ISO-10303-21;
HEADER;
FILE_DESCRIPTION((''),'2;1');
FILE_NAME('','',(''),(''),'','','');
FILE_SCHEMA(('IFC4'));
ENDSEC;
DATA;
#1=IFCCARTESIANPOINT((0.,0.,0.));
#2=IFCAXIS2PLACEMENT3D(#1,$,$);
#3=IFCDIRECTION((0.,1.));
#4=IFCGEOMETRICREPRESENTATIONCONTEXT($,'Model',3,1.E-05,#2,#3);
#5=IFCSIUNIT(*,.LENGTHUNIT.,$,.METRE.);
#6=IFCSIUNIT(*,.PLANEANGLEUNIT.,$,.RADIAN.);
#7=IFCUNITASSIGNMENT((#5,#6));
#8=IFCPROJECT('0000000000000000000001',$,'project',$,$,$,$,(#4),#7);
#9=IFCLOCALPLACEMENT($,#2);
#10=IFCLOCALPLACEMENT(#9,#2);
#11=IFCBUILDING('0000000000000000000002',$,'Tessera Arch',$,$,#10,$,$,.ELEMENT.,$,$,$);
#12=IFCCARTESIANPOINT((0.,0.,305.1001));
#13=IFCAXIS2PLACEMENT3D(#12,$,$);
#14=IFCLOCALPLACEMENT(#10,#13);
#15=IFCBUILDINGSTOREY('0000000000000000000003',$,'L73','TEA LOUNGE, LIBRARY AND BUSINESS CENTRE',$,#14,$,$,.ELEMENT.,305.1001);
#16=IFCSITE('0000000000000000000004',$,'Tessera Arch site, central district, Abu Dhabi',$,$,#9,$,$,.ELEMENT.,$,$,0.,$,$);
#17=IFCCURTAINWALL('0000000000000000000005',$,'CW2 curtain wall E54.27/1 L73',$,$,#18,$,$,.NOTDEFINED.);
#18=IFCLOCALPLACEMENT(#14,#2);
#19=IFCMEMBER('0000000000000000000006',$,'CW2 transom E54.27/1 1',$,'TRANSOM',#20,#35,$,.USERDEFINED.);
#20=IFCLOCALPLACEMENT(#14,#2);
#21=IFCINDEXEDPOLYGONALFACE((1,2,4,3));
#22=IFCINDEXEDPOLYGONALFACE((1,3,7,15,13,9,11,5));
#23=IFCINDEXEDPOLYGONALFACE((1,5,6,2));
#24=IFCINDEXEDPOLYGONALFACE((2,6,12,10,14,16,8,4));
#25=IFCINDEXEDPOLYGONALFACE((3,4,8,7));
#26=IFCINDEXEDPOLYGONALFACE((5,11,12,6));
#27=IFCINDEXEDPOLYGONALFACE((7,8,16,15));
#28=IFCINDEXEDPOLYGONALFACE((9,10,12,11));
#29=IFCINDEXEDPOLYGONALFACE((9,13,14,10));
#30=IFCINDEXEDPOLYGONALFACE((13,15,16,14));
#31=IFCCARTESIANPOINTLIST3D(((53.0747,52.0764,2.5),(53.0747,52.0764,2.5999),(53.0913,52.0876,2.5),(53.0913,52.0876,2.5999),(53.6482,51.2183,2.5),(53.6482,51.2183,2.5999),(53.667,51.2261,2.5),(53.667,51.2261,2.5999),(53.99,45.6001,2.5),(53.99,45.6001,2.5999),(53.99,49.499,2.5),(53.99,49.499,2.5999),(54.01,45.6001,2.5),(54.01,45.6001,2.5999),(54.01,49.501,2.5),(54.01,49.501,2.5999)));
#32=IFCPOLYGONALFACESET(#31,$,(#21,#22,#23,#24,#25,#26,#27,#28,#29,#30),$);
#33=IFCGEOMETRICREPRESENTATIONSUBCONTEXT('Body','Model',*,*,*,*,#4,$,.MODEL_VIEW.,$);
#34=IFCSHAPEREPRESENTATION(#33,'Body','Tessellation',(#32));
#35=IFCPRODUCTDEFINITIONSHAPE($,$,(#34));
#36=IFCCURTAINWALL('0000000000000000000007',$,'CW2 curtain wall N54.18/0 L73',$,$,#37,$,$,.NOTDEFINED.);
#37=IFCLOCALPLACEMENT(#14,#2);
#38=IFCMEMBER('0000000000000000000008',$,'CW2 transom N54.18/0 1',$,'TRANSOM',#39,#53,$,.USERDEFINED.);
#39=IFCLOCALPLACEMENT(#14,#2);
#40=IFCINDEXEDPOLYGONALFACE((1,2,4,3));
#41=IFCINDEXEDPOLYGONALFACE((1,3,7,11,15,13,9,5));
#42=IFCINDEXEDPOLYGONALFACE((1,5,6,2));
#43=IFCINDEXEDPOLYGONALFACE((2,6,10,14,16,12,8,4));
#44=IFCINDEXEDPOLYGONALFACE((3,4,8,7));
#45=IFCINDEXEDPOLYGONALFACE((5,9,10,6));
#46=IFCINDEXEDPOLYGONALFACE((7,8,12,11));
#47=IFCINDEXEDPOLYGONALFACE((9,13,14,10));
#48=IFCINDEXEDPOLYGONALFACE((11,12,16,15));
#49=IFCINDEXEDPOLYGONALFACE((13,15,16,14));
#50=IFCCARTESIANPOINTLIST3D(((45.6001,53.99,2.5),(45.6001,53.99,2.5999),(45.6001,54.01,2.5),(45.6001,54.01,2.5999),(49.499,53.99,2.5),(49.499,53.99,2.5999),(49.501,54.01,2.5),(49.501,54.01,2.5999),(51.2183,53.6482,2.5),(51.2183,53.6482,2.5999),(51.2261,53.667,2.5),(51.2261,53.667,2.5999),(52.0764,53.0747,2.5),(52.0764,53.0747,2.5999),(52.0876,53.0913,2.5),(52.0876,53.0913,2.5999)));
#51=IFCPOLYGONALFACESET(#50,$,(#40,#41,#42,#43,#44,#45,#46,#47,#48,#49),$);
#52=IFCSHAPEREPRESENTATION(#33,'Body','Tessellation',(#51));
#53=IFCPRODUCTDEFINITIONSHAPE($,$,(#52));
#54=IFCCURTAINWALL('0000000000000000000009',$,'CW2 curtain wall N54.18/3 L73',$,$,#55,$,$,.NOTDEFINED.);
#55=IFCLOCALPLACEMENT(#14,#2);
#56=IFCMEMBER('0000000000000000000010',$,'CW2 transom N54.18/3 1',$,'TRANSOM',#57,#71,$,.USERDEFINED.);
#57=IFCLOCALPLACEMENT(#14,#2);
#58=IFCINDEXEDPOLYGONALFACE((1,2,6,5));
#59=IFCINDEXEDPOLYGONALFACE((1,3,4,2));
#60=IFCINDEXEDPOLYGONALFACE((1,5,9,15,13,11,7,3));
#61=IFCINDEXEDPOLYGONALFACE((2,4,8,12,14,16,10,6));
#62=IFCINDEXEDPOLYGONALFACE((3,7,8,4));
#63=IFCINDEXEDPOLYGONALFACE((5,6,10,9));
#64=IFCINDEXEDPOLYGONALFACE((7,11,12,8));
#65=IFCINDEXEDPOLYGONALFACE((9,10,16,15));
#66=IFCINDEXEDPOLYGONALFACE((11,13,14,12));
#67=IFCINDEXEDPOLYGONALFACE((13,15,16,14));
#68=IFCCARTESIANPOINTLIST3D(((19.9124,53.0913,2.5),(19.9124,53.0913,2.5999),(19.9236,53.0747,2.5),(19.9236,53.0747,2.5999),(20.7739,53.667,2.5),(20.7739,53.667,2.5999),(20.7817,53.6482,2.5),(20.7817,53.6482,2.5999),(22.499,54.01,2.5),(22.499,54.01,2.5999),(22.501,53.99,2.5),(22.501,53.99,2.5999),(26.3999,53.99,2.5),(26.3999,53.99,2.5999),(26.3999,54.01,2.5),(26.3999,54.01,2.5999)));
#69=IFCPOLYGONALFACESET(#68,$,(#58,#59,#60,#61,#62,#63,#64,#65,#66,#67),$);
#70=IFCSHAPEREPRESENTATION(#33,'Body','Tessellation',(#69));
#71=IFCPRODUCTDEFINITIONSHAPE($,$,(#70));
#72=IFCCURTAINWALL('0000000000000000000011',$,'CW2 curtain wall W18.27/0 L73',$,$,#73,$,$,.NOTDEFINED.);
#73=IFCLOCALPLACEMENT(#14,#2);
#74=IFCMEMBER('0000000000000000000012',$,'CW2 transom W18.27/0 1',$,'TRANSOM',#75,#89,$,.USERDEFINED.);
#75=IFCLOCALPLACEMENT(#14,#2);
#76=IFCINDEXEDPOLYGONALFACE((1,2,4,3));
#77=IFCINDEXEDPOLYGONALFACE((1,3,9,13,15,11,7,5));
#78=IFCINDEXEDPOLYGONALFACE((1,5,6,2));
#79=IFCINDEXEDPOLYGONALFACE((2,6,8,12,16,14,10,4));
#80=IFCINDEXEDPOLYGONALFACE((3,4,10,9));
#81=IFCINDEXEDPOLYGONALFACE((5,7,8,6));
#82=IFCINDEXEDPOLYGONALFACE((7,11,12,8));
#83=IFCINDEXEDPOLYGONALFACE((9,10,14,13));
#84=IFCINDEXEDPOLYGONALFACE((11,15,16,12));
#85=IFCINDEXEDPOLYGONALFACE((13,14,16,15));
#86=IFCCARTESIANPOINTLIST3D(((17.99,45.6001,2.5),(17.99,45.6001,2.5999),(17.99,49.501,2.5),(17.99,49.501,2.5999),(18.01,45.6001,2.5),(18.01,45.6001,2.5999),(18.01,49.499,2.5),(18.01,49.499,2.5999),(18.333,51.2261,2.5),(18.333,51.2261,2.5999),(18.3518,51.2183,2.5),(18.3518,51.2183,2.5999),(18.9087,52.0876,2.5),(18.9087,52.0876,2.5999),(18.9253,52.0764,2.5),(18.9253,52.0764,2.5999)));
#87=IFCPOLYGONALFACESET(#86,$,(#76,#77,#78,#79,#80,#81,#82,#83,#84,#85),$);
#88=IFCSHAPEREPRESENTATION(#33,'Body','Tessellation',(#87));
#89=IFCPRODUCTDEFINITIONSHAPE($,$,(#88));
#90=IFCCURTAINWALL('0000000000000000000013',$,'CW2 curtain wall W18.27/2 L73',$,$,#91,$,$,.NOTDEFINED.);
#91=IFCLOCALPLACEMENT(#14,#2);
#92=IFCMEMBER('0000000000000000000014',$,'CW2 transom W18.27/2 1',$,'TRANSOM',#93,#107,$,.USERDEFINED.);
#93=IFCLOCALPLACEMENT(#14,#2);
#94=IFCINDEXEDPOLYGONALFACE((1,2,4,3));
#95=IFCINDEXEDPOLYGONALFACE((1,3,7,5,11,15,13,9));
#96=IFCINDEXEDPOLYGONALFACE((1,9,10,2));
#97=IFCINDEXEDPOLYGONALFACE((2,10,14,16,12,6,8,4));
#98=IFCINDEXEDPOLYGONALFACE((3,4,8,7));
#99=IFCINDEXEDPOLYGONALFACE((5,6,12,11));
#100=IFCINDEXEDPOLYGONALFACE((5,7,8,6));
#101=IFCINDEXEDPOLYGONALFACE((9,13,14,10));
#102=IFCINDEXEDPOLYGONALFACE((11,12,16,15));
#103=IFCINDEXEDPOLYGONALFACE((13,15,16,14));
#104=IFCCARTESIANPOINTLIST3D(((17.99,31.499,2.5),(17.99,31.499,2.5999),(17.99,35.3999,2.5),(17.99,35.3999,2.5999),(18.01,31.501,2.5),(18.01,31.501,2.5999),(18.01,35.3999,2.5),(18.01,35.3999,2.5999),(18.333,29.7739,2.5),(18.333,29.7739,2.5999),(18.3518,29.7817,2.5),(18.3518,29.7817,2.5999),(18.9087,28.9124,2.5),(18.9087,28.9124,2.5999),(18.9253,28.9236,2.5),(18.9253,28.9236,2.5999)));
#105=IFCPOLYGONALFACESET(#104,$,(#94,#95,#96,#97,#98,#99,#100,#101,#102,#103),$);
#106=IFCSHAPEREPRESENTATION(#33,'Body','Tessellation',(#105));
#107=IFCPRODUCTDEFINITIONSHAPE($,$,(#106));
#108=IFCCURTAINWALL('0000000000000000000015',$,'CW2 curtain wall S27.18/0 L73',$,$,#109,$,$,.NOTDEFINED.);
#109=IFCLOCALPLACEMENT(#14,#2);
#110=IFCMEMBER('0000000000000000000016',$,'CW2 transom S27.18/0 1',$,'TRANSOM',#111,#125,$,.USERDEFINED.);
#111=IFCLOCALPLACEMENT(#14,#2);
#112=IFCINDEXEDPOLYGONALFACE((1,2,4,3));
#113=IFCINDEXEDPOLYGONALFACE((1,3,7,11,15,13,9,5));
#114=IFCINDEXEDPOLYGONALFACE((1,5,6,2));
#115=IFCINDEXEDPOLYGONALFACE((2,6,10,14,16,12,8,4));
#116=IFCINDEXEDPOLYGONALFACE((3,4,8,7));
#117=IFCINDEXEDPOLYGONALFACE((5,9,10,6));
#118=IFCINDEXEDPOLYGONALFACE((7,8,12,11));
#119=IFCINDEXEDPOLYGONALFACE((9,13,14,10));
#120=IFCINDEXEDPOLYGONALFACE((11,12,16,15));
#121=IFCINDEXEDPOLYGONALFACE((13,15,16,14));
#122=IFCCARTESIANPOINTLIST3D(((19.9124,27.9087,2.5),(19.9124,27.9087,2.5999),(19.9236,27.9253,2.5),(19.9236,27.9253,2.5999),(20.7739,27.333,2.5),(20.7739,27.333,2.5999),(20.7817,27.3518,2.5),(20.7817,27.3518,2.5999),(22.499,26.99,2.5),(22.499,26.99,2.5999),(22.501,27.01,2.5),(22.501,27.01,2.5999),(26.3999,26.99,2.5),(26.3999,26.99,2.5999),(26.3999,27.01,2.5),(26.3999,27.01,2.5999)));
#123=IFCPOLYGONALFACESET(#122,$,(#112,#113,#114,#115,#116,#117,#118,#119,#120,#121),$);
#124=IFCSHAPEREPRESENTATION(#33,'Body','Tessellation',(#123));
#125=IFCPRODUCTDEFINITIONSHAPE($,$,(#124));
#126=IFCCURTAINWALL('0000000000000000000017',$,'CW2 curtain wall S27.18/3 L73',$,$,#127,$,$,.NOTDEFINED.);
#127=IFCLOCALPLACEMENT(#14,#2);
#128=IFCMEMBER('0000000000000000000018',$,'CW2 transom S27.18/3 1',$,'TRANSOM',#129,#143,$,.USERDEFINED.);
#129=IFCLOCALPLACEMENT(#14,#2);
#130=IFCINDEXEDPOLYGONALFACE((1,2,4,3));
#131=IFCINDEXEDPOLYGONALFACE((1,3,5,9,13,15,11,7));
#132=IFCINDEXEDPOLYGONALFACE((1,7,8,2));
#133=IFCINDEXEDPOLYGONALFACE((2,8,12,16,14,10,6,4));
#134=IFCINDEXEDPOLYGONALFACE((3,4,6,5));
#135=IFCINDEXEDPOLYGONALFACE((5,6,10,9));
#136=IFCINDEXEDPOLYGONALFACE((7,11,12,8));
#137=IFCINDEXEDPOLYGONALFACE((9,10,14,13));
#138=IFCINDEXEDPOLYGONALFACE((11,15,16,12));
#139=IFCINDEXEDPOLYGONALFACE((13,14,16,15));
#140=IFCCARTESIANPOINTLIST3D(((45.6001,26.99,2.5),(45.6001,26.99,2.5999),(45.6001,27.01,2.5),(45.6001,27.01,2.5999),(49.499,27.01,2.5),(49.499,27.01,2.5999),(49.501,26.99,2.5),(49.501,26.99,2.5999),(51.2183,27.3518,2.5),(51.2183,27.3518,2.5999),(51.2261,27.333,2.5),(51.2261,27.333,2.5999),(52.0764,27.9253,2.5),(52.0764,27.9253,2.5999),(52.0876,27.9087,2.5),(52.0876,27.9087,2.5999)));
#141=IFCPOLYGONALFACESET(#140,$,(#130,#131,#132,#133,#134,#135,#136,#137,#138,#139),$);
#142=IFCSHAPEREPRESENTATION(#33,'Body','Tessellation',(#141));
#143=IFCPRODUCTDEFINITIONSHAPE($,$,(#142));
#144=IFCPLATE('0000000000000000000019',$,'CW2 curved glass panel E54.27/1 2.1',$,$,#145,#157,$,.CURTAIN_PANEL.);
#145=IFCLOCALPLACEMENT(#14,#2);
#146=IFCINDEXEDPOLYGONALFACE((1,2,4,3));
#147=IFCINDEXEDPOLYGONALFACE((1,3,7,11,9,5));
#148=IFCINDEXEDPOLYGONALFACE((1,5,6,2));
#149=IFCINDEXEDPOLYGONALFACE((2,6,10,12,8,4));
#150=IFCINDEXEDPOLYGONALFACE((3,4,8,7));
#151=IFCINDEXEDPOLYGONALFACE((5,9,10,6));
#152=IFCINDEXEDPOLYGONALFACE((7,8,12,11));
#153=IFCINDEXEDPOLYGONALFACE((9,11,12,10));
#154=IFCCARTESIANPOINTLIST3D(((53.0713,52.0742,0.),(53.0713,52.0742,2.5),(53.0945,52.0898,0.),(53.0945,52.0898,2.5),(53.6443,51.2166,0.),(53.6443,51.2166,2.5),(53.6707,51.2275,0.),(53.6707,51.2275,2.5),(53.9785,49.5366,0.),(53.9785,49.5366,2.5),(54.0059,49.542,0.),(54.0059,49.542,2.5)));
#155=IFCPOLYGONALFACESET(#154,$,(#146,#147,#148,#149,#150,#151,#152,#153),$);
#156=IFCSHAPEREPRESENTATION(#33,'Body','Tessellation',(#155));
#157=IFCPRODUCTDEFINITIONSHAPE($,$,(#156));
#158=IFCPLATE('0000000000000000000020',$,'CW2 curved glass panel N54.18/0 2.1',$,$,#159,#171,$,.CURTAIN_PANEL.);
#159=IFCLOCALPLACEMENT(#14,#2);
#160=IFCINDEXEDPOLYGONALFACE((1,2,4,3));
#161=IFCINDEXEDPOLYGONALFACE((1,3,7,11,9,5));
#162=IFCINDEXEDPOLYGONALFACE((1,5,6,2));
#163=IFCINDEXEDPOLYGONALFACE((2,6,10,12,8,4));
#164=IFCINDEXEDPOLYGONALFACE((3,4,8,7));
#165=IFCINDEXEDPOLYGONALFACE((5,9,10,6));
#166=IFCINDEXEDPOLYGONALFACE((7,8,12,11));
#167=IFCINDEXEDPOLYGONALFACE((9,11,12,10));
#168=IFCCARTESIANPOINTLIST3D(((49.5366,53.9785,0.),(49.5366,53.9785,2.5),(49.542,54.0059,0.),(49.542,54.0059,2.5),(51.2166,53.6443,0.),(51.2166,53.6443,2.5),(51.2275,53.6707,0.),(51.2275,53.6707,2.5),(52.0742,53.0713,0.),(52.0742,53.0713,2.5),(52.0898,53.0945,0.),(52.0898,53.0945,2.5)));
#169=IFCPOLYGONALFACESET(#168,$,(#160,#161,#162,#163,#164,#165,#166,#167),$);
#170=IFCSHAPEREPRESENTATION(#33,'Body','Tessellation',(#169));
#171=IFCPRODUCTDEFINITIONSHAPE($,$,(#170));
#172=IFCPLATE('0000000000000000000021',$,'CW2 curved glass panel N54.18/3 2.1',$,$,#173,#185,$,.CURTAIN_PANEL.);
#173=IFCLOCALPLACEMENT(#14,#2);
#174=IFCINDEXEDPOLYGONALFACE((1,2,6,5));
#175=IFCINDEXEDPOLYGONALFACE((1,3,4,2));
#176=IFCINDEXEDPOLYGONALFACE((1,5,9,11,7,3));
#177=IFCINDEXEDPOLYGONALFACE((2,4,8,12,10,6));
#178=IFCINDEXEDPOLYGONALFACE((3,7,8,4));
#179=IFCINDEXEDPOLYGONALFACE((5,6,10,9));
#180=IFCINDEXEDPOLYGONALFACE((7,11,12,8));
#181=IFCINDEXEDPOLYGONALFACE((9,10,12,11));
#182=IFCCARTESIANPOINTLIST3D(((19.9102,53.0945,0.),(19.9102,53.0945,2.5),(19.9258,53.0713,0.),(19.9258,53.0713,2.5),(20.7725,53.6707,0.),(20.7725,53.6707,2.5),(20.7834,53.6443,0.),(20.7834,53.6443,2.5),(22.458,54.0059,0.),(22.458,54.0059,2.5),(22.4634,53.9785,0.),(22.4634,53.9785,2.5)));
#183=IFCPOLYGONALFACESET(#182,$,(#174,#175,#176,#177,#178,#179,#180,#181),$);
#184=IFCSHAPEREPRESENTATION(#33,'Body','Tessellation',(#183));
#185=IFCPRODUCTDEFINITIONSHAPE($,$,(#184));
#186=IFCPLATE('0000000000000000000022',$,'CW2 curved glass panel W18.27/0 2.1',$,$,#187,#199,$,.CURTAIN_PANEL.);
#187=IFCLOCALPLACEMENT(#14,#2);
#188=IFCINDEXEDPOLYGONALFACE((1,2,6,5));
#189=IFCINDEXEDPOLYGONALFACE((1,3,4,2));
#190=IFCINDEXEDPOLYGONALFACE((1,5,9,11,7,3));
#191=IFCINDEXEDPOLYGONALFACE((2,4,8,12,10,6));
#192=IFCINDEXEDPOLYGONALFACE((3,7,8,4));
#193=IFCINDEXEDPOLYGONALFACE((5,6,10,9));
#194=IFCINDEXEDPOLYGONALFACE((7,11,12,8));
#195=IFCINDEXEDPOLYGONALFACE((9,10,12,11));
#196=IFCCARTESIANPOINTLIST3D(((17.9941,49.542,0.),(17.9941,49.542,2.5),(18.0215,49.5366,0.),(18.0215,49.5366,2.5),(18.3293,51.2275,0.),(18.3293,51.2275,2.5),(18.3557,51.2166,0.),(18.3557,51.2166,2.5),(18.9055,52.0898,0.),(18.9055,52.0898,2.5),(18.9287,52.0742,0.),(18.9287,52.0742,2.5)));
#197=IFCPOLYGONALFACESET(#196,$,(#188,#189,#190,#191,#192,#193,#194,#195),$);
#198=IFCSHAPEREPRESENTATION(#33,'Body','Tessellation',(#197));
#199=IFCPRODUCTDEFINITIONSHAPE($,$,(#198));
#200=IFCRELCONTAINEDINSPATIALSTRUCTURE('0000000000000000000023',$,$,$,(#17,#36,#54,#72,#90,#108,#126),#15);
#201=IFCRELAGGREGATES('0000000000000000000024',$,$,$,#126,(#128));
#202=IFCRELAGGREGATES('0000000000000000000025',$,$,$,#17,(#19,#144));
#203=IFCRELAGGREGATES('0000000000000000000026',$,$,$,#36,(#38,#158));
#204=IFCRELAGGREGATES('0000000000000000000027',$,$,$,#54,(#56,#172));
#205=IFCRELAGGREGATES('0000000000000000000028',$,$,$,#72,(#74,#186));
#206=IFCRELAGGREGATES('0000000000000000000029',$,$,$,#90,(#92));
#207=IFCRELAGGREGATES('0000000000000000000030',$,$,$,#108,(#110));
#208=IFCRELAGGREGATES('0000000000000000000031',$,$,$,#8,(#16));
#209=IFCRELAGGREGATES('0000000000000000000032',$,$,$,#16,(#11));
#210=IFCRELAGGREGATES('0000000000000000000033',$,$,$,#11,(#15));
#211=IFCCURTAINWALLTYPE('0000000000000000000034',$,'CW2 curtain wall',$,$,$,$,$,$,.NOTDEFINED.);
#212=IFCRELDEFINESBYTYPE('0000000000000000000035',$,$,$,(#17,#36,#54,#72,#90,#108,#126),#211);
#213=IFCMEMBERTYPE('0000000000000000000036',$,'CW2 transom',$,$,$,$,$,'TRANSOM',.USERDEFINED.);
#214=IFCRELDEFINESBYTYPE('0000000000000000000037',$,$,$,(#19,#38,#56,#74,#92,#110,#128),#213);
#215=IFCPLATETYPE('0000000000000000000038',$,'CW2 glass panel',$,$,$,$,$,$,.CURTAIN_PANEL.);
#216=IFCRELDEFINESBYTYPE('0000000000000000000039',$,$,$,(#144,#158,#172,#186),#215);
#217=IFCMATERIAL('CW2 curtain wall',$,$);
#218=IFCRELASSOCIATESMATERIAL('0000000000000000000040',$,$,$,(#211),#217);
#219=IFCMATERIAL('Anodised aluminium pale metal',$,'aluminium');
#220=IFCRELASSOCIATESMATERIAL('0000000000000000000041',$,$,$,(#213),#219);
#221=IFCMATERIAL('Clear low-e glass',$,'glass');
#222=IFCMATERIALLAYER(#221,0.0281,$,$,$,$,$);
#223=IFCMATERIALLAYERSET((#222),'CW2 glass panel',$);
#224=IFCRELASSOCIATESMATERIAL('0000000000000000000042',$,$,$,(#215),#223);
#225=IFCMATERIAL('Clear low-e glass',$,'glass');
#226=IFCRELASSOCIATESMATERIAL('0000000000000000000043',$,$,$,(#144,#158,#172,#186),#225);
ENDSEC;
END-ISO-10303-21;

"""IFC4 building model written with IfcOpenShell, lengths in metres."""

from ifc_helpers import new_model, si_unit, direction, frame, origin, origin_2d, place, context, subcontext, project, spatial, polyline, rectangle, outline, extrude, material, layer, layer_set, material_profile, profile_set, type_object, element, aggregate, save


model = new_model("IFC4")

# Units and contexts
model_context = context("Model", 3, precision=1e-05, world=origin(), true_north=direction((0.0, 1.0)))
body_context = subcontext(model_context, "Body", "Model", "MODEL_VIEW")
ifc_project = project(units=[si_unit("LENGTHUNIT", "METRE"), si_unit("PLANEANGLEUNIT", "RADIAN")], contexts=[model_context])

# Site, building, storey
site_placement = place(None, origin())
site = spatial("IfcSite", under=ifc_project, at=site_placement, Name="Tessera Arch site, central district, Abu Dhabi", CompositionType="ELEMENT", RefElevation=0.0)
building_placement = place(site_placement, origin())
building = spatial("IfcBuilding", under=site, at=building_placement, Name="Tessera Arch", CompositionType="ELEMENT")
storey_placement = place(building_placement, frame((0.0, 0.0, 305.1001)))
storey = spatial("IfcBuildingStorey", under=building, at=storey_placement, Name="L73", Description="TEA LOUNGE, LIBRARY AND BUSINESS CENTRE", CompositionType="ELEMENT", Elevation=305.1001)

# Curtain walls, members
ifc_material_1 = material(Name="CW2 curtain wall")
curtain_wall_type = type_object("IfcCurtainWallType", Name="CW2 curtain wall", PredefinedType="NOTDEFINED", material=ifc_material_1)
curtain_wall_1_placement = place(storey_placement, origin())
curtain_wall_1 = element("IfcCurtainWall", 1, at=curtain_wall_1_placement, inside=storey, type_object=curtain_wall_type, Name="CW2 curtain wall E54.27/1 L73", PredefinedType="NOTDEFINED")
ifc_material_2 = material(Name="Anodised aluminium pale metal", Category="aluminium")
ifc_material_profile = material_profile(ifc_material_2, rectangle(XDim=0.2, YDim=0.1001, at=origin_2d()), Name="AL 200x100")
ifc_profile_set = profile_set([ifc_material_profile], Name="Anodised aluminium pale metal")
member_type = type_object("IfcMemberType", Name="CW2 transom", ElementType="TRANSOM", PredefinedType="USERDEFINED", material=ifc_profile_set)
member_1_placement = place(storey_placement, frame((0.0, 0.0, 2.5)))
member_1 = element("IfcMember", 2, at=member_1_placement, type_object=member_type, Name="CW2 transom E54.27/1 1", ObjectType="TRANSOM", PredefinedType="USERDEFINED", context=body_context, shape_type="SweptSolid", body=[
    extrude(outline(polyline([(53.99, 49.499), (53.99, 45.6001), (54.01, 45.6001), (54.01, 49.501), (53.667, 51.2261), (53.0913, 52.0876), (53.0747, 52.0764), (53.6482, 51.2183), (53.99, 49.499)])), origin(), (0.0, 0.0, 1.0), 0.0999),
])
curtain_wall_2_placement = place(storey_placement, origin())
curtain_wall_2 = element("IfcCurtainWall", 3, at=curtain_wall_2_placement, inside=storey, type_object=curtain_wall_type, Name="CW2 curtain wall N54.18/0 L73", PredefinedType="NOTDEFINED")
member_2_placement = place(storey_placement, frame((0.0, 0.0, 2.5)))
member_2 = element("IfcMember", 4, at=member_2_placement, type_object=member_type, Name="CW2 transom N54.18/0 1", ObjectType="TRANSOM", PredefinedType="USERDEFINED", context=body_context, shape_type="SweptSolid", body=[
    extrude(outline(polyline([(51.2183, 53.6482), (52.0764, 53.0747), (52.0876, 53.0913), (51.2261, 53.667), (49.501, 54.01), (45.6001, 54.01), (45.6001, 53.99), (49.499, 53.99), (51.2183, 53.6482)])), origin(), (0.0, 0.0, 1.0), 0.0999),
])
curtain_wall_3_placement = place(storey_placement, origin())
curtain_wall_3 = element("IfcCurtainWall", 5, at=curtain_wall_3_placement, inside=storey, type_object=curtain_wall_type, Name="CW2 curtain wall N54.18/3 L73", PredefinedType="NOTDEFINED")
member_3_placement = place(storey_placement, frame((0.0, 0.0, 2.5)))
member_3 = element("IfcMember", 6, at=member_3_placement, type_object=member_type, Name="CW2 transom N54.18/3 1", ObjectType="TRANSOM", PredefinedType="USERDEFINED", context=body_context, shape_type="SweptSolid", body=[
    extrude(outline(polyline([(22.501, 53.99), (26.3999, 53.99), (26.3999, 54.01), (22.499, 54.01), (20.7739, 53.667), (19.9124, 53.0913), (19.9236, 53.0747), (20.7817, 53.6482), (22.501, 53.99)])), origin(), (0.0, 0.0, 1.0), 0.0999),
])
curtain_wall_4_placement = place(storey_placement, origin())
curtain_wall_4 = element("IfcCurtainWall", 7, at=curtain_wall_4_placement, inside=storey, type_object=curtain_wall_type, Name="CW2 curtain wall W18.27/0 L73", PredefinedType="NOTDEFINED")
member_4_placement = place(storey_placement, frame((0.0, 0.0, 2.5)))
member_4 = element("IfcMember", 8, at=member_4_placement, type_object=member_type, Name="CW2 transom W18.27/0 1", ObjectType="TRANSOM", PredefinedType="USERDEFINED", context=body_context, shape_type="SweptSolid", body=[
    extrude(outline(polyline([(18.3518, 51.2183), (18.9253, 52.0764), (18.9087, 52.0876), (18.333, 51.2261), (17.99, 49.501), (17.99, 45.6001), (18.01, 45.6001), (18.01, 49.499), (18.3518, 51.2183)])), origin(), (0.0, 0.0, 1.0), 0.0999),
])
curtain_wall_5_placement = place(storey_placement, origin())
curtain_wall_5 = element("IfcCurtainWall", 9, at=curtain_wall_5_placement, inside=storey, type_object=curtain_wall_type, Name="CW2 curtain wall W18.27/2 L73", PredefinedType="NOTDEFINED")
member_5_placement = place(storey_placement, frame((0.0, 0.0, 2.5)))
member_5 = element("IfcMember", 10, at=member_5_placement, type_object=member_type, Name="CW2 transom W18.27/2 1", ObjectType="TRANSOM", PredefinedType="USERDEFINED", context=body_context, shape_type="SweptSolid", body=[
    extrude(outline(polyline([(18.01, 31.501), (18.01, 35.3999), (17.99, 35.3999), (17.99, 31.499), (18.333, 29.7739), (18.9087, 28.9124), (18.9253, 28.9236), (18.3518, 29.7817), (18.01, 31.501)])), origin(), (0.0, 0.0, 1.0), 0.0999),
])
curtain_wall_6_placement = place(storey_placement, origin())
curtain_wall_6 = element("IfcCurtainWall", 11, at=curtain_wall_6_placement, inside=storey, type_object=curtain_wall_type, Name="CW2 curtain wall S27.18/0 L73", PredefinedType="NOTDEFINED")
member_6_placement = place(storey_placement, frame((0.0, 0.0, 2.5)))
member_6 = element("IfcMember", 12, at=member_6_placement, type_object=member_type, Name="CW2 transom S27.18/0 1", ObjectType="TRANSOM", PredefinedType="USERDEFINED", context=body_context, shape_type="SweptSolid", body=[
    extrude(outline(polyline([(20.7817, 27.3518), (19.9236, 27.9253), (19.9124, 27.9087), (20.7739, 27.333), (22.499, 26.99), (26.3999, 26.99), (26.3999, 27.01), (22.501, 27.01), (20.7817, 27.3518)])), origin(), (0.0, 0.0, 1.0), 0.0999),
])
curtain_wall_7_placement = place(storey_placement, origin())
curtain_wall_7 = element("IfcCurtainWall", 13, at=curtain_wall_7_placement, inside=storey, type_object=curtain_wall_type, Name="CW2 curtain wall S27.18/3 L73", PredefinedType="NOTDEFINED")
member_7_placement = place(storey_placement, frame((0.0, 0.0, 2.5)))
member_7 = element("IfcMember", 14, at=member_7_placement, type_object=member_type, Name="CW2 transom S27.18/3 1", ObjectType="TRANSOM", PredefinedType="USERDEFINED", context=body_context, shape_type="SweptSolid", body=[
    extrude(outline(polyline([(49.499, 27.01), (45.6001, 27.01), (45.6001, 26.99), (49.501, 26.99), (51.2261, 27.333), (52.0876, 27.9087), (52.0764, 27.9253), (51.2183, 27.3518), (49.499, 27.01)])), origin(), (0.0, 0.0, 1.0), 0.0999),
])

# Plates
ifc_material_3 = material(Name="Clear low-e glass", Category="glass")
ifc_material_4 = material(Name="Clear low-e glass", Category="glass")
ifc_layer_1 = layer(ifc_material_4, 0.0281)
ifc_layer_set_1 = layer_set([ifc_layer_1], Name="CW2 glass panel")
plate_type_1 = type_object("IfcPlateType", Name="CW2 glass panel", PredefinedType="CURTAIN_PANEL", material=ifc_layer_set_1)
plate_1_placement = place(storey_placement, origin())
plate_1 = element("IfcPlate", 15, at=plate_1_placement, type_object=plate_type_1, material=ifc_material_3, Name="CW2 curved glass panel E54.27/1 2.1", PredefinedType="CURTAIN_PANEL", context=body_context, shape_type="SweptSolid", body=[
    extrude(outline(polyline([(53.6443, 51.2166), (53.9785, 49.5366), (54.0059, 49.542), (53.6707, 51.2275), (53.0945, 52.0898), (53.0713, 52.0742), (53.6443, 51.2166)])), origin(), (0.0, 0.0, 1.0), 2.5),
])
plate_2_placement = place(storey_placement, origin())
plate_2 = element("IfcPlate", 16, at=plate_2_placement, type_object=plate_type_1, material=ifc_material_3, Name="CW2 curved glass panel N54.18/0 2.1", PredefinedType="CURTAIN_PANEL", context=body_context, shape_type="SweptSolid", body=[
    extrude(outline(polyline([(51.2166, 53.6443), (52.0742, 53.0713), (52.0898, 53.0945), (51.2275, 53.6707), (49.542, 54.0059), (49.5366, 53.9785), (51.2166, 53.6443)])), origin(), (0.0, 0.0, 1.0), 2.5),
])
plate_3_placement = place(storey_placement, origin())
plate_3 = element("IfcPlate", 17, at=plate_3_placement, type_object=plate_type_1, material=ifc_material_3, Name="CW2 curved glass panel N54.18/3 2.1", PredefinedType="CURTAIN_PANEL", context=body_context, shape_type="SweptSolid", body=[
    extrude(outline(polyline([(20.7834, 53.6443), (22.4634, 53.9785), (22.458, 54.0059), (20.7725, 53.6707), (19.9102, 53.0945), (19.9258, 53.0713), (20.7834, 53.6443)])), origin(), (0.0, 0.0, 1.0), 2.5),
])
plate_4_placement = place(storey_placement, origin())
plate_4 = element("IfcPlate", 18, at=plate_4_placement, type_object=plate_type_1, material=ifc_material_3, Name="CW2 curved glass panel W18.27/0 2.1", PredefinedType="CURTAIN_PANEL", context=body_context, shape_type="SweptSolid", body=[
    extrude(outline(polyline([(18.3557, 51.2166), (18.9287, 52.0742), (18.9055, 52.0898), (18.3293, 51.2275), (17.9941, 49.542), (18.0215, 49.5366), (18.3557, 51.2166)])), origin(), (0.0, 0.0, 1.0), 2.5),
])
aggregate(curtain_wall_7, [member_7])
aggregate(curtain_wall_1, [member_1, plate_1])
aggregate(curtain_wall_2, [member_2, plate_2])
aggregate(curtain_wall_3, [member_3, plate_3])
aggregate(curtain_wall_4, [member_4, plate_4])
aggregate(curtain_wall_5, [member_5])
aggregate(curtain_wall_6, [member_6])

save(model, "model.ifc")
